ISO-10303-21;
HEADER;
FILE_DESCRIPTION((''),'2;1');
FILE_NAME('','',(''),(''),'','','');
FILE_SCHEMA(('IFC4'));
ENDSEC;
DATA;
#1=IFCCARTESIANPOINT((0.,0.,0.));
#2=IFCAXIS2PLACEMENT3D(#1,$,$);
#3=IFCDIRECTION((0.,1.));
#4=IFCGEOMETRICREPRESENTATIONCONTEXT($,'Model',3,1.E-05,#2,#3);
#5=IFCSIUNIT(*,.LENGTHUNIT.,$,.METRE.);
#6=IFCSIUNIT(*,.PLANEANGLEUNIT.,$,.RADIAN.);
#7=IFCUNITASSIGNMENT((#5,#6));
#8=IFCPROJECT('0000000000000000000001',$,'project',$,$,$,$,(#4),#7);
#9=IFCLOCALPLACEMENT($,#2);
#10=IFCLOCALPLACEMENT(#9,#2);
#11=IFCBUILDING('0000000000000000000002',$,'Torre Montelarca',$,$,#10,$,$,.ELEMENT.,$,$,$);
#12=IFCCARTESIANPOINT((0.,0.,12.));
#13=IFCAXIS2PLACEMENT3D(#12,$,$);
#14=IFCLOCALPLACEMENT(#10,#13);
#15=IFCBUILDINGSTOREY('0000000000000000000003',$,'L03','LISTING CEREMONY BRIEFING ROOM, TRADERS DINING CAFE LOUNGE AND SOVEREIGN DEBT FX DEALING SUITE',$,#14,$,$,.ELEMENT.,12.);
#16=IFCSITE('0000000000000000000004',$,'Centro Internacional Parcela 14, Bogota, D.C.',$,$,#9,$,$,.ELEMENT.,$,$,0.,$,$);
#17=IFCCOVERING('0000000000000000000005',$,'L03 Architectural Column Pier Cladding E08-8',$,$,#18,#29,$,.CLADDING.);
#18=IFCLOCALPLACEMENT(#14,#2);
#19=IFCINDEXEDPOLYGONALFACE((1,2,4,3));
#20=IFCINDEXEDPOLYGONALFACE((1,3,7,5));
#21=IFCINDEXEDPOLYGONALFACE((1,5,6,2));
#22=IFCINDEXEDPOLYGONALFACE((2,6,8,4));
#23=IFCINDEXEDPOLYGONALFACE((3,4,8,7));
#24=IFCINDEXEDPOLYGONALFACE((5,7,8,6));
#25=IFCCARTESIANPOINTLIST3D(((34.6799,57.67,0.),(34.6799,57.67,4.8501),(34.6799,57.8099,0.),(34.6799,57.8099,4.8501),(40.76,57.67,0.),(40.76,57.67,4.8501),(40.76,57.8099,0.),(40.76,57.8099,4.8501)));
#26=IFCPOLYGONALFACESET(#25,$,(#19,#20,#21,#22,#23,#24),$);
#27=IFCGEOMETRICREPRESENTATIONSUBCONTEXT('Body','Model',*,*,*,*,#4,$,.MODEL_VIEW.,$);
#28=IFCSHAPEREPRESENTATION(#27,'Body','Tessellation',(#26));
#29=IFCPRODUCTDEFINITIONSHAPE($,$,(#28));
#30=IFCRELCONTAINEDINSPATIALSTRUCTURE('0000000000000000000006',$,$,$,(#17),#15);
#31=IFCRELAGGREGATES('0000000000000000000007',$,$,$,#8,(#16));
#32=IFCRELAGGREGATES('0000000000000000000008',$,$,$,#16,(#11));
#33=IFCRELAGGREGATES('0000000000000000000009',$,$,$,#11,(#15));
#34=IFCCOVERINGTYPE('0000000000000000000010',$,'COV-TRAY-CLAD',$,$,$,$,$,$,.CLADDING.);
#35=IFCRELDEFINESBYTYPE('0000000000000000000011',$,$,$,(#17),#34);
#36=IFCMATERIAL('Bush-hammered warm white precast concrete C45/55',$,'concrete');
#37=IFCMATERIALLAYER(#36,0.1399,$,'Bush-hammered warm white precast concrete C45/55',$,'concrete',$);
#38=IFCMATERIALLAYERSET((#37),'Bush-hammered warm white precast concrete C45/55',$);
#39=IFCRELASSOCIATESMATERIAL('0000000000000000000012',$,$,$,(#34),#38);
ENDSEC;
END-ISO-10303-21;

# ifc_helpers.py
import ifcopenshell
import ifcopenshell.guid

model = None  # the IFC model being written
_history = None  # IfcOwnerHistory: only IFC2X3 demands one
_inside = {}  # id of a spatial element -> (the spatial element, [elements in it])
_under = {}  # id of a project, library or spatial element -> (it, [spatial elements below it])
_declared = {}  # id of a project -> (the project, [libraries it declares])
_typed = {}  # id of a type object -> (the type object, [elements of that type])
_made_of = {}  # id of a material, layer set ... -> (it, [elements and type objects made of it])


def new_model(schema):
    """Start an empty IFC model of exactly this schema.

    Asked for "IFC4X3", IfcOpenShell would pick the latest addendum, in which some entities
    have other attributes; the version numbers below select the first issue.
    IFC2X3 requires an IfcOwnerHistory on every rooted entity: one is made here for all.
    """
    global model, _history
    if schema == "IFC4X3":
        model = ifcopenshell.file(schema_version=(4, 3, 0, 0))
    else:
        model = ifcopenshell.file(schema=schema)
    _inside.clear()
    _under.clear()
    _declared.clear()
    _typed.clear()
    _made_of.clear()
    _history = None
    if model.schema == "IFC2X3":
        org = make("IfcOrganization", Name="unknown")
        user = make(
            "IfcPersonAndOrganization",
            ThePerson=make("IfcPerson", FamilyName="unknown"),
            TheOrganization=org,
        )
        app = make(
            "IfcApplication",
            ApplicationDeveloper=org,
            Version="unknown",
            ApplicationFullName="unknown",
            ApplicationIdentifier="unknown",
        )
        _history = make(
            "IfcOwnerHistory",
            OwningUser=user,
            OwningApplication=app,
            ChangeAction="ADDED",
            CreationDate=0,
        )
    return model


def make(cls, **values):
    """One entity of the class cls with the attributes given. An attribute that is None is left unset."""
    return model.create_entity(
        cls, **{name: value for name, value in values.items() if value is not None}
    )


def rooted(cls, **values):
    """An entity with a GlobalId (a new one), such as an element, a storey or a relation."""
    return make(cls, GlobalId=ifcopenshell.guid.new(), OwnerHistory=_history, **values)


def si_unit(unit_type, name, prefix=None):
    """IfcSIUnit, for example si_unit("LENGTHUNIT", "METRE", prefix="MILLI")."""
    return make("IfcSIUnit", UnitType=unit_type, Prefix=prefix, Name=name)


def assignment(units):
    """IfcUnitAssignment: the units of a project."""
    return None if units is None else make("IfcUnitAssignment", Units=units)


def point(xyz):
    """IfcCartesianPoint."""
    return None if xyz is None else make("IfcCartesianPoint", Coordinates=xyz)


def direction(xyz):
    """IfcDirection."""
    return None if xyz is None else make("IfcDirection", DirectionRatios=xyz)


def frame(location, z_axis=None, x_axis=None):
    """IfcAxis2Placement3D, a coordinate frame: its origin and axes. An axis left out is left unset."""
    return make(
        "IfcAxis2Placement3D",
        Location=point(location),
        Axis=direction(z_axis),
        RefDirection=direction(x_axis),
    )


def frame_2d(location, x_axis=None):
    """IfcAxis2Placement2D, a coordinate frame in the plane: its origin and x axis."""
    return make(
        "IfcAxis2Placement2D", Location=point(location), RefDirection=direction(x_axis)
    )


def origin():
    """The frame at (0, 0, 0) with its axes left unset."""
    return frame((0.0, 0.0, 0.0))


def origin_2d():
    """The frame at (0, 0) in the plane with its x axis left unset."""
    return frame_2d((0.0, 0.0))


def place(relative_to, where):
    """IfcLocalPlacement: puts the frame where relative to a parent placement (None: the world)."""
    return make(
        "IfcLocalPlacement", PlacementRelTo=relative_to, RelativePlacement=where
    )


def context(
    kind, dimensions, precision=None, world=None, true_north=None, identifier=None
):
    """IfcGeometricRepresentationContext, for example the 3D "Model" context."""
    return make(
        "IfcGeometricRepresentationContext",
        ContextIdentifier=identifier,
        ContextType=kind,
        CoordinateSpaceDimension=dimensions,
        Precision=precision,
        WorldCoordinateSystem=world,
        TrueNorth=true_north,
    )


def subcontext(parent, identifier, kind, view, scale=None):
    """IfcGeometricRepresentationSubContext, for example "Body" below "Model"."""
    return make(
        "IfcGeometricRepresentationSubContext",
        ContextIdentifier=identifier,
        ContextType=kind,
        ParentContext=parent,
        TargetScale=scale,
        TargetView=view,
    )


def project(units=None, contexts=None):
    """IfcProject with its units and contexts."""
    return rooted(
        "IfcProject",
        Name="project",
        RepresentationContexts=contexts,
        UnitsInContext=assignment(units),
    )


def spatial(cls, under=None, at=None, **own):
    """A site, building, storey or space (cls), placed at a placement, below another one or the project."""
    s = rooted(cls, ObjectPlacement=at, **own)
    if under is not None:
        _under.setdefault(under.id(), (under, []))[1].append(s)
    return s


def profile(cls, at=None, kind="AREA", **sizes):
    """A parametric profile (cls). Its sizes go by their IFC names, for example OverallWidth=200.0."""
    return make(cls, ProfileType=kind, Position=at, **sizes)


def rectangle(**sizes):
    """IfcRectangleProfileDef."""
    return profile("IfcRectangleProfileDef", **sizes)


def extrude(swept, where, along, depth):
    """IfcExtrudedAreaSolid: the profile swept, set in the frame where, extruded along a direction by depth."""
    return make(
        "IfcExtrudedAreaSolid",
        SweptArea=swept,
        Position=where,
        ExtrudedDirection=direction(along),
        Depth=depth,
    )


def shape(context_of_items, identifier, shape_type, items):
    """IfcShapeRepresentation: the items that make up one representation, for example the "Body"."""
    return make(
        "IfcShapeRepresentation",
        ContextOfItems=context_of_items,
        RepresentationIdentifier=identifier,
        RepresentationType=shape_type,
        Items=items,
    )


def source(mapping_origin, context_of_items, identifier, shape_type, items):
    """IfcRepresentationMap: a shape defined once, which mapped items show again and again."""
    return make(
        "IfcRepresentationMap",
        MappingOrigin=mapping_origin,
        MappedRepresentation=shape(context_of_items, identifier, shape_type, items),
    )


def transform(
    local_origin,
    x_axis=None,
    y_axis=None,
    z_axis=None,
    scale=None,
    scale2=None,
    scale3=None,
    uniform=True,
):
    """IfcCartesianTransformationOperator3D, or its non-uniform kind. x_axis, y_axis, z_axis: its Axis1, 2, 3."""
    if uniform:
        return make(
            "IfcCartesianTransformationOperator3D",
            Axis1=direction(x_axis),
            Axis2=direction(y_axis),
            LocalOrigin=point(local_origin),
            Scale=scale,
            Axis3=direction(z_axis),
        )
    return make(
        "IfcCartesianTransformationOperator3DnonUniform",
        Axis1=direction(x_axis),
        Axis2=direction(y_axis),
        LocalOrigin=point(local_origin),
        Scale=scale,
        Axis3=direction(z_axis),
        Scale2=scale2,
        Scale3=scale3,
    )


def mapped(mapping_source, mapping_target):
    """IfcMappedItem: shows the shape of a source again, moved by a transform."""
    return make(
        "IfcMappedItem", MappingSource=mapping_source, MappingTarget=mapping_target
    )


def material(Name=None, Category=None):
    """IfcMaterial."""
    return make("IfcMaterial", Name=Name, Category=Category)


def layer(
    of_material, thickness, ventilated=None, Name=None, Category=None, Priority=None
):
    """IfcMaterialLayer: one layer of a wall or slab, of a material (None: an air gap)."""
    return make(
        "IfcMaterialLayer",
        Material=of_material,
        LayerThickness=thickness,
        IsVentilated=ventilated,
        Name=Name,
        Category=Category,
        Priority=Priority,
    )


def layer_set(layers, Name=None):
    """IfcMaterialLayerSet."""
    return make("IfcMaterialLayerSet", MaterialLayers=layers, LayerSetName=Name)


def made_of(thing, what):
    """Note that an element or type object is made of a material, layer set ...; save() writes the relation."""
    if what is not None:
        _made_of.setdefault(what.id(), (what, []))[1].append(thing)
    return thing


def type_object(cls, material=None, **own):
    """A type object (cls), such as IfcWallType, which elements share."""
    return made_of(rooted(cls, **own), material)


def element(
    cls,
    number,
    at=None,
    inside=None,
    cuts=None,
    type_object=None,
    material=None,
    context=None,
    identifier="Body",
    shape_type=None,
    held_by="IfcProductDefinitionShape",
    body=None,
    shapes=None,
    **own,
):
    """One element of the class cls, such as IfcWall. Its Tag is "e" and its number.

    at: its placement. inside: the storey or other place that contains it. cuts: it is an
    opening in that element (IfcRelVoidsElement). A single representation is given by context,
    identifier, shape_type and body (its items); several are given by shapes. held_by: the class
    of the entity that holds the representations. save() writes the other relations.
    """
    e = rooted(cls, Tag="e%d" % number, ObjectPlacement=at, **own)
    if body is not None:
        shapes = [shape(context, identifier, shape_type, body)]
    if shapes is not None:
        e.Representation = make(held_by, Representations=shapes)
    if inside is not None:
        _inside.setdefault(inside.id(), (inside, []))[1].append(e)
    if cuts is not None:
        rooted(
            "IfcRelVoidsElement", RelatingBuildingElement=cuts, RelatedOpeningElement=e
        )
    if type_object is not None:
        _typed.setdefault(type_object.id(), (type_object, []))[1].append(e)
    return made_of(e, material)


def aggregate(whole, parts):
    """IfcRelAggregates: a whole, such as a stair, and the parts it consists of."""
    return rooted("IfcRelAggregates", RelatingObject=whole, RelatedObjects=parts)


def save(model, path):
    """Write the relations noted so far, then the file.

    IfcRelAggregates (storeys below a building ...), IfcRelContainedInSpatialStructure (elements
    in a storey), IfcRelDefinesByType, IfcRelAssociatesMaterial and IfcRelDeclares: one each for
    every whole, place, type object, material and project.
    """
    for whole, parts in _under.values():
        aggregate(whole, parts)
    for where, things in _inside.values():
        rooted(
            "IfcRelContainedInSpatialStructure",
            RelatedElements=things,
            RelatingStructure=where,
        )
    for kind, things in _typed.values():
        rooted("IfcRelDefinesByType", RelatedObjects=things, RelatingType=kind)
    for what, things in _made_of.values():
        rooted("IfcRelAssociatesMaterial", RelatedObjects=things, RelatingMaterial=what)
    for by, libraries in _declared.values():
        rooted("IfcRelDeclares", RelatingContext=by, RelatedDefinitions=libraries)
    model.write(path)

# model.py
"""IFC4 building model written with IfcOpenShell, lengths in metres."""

from ifc_helpers import new_model, si_unit, direction, frame, origin, origin_2d, place, context, subcontext, project, spatial, rectangle, extrude, source, transform, mapped, material, layer, layer_set, type_object, element, save


model = new_model("IFC4")

# Units and contexts
model_context = context("Model", 3, precision=1e-05, world=origin(), true_north=direction((0.0, 1.0)))
body_context = subcontext(model_context, "Body", "Model", "MODEL_VIEW")
ifc_project = project(units=[si_unit("LENGTHUNIT", "METRE"), si_unit("PLANEANGLEUNIT", "RADIAN")], contexts=[model_context])

# Site, building, storey
site_placement = place(None, origin())
site = spatial("IfcSite", under=ifc_project, at=site_placement, Name="Centro Internacional Parcela 14, Bogota, D.C.", CompositionType="ELEMENT", RefElevation=0.0)
building_placement = place(site_placement, origin())
building = spatial("IfcBuilding", under=site, at=building_placement, Name="Torre Montelarca", CompositionType="ELEMENT")
storey_placement = place(building_placement, frame((0.0, 0.0, 12.0)))
storey = spatial("IfcBuildingStorey", under=building, at=storey_placement, Name="L03", Description="LISTING CEREMONY BRIEFING ROOM, TRADERS DINING CAFE LOUNGE AND SOVEREIGN DEBT FX DEALING SUITE", CompositionType="ELEMENT", Elevation=12.0)

# Covering
ifc_material_1 = material(Name="Bush-hammered warm white precast concrete C45/55", Category="concrete")
ifc_layer_1 = layer(ifc_material_1, 0.1399, Name="Bush-hammered warm white precast concrete C45/55", Category="concrete")
ifc_layer_set_1 = layer_set([ifc_layer_1], Name="Bush-hammered warm white precast concrete C45/55")
covering_type = type_object("IfcCoveringType", Name="COV-TRAY-CLAD", PredefinedType="CLADDING", material=ifc_layer_set_1)
shared_shape_1 = source(origin(), body_context, "Body", "SweptSolid", [
    extrude(rectangle(XDim=6.0801, YDim=0.1399, at=origin_2d()), origin(), (0.0, 0.0, 1.0), 4.8501),
])
for number, where, z_axis, x_axis, name in (
    (1, (37.72, 57.74, 0.0), (0.0, 0.0, 1.0), (-1.0, 0.0, 0.0), "L03 Architectural Column Pier Cladding E08-8"),
):
    element("IfcCovering", number, at=place(storey_placement, frame(where, z_axis=z_axis, x_axis=x_axis)), inside=storey, type_object=covering_type, Name=name, PredefinedType="CLADDING", context=body_context, shape_type="MappedRepresentation", body=[
        mapped(shared_shape_1, transform((0.0, 0.0, 0.0), scale=1.0)),
    ])

save(model, "model.ifc")
